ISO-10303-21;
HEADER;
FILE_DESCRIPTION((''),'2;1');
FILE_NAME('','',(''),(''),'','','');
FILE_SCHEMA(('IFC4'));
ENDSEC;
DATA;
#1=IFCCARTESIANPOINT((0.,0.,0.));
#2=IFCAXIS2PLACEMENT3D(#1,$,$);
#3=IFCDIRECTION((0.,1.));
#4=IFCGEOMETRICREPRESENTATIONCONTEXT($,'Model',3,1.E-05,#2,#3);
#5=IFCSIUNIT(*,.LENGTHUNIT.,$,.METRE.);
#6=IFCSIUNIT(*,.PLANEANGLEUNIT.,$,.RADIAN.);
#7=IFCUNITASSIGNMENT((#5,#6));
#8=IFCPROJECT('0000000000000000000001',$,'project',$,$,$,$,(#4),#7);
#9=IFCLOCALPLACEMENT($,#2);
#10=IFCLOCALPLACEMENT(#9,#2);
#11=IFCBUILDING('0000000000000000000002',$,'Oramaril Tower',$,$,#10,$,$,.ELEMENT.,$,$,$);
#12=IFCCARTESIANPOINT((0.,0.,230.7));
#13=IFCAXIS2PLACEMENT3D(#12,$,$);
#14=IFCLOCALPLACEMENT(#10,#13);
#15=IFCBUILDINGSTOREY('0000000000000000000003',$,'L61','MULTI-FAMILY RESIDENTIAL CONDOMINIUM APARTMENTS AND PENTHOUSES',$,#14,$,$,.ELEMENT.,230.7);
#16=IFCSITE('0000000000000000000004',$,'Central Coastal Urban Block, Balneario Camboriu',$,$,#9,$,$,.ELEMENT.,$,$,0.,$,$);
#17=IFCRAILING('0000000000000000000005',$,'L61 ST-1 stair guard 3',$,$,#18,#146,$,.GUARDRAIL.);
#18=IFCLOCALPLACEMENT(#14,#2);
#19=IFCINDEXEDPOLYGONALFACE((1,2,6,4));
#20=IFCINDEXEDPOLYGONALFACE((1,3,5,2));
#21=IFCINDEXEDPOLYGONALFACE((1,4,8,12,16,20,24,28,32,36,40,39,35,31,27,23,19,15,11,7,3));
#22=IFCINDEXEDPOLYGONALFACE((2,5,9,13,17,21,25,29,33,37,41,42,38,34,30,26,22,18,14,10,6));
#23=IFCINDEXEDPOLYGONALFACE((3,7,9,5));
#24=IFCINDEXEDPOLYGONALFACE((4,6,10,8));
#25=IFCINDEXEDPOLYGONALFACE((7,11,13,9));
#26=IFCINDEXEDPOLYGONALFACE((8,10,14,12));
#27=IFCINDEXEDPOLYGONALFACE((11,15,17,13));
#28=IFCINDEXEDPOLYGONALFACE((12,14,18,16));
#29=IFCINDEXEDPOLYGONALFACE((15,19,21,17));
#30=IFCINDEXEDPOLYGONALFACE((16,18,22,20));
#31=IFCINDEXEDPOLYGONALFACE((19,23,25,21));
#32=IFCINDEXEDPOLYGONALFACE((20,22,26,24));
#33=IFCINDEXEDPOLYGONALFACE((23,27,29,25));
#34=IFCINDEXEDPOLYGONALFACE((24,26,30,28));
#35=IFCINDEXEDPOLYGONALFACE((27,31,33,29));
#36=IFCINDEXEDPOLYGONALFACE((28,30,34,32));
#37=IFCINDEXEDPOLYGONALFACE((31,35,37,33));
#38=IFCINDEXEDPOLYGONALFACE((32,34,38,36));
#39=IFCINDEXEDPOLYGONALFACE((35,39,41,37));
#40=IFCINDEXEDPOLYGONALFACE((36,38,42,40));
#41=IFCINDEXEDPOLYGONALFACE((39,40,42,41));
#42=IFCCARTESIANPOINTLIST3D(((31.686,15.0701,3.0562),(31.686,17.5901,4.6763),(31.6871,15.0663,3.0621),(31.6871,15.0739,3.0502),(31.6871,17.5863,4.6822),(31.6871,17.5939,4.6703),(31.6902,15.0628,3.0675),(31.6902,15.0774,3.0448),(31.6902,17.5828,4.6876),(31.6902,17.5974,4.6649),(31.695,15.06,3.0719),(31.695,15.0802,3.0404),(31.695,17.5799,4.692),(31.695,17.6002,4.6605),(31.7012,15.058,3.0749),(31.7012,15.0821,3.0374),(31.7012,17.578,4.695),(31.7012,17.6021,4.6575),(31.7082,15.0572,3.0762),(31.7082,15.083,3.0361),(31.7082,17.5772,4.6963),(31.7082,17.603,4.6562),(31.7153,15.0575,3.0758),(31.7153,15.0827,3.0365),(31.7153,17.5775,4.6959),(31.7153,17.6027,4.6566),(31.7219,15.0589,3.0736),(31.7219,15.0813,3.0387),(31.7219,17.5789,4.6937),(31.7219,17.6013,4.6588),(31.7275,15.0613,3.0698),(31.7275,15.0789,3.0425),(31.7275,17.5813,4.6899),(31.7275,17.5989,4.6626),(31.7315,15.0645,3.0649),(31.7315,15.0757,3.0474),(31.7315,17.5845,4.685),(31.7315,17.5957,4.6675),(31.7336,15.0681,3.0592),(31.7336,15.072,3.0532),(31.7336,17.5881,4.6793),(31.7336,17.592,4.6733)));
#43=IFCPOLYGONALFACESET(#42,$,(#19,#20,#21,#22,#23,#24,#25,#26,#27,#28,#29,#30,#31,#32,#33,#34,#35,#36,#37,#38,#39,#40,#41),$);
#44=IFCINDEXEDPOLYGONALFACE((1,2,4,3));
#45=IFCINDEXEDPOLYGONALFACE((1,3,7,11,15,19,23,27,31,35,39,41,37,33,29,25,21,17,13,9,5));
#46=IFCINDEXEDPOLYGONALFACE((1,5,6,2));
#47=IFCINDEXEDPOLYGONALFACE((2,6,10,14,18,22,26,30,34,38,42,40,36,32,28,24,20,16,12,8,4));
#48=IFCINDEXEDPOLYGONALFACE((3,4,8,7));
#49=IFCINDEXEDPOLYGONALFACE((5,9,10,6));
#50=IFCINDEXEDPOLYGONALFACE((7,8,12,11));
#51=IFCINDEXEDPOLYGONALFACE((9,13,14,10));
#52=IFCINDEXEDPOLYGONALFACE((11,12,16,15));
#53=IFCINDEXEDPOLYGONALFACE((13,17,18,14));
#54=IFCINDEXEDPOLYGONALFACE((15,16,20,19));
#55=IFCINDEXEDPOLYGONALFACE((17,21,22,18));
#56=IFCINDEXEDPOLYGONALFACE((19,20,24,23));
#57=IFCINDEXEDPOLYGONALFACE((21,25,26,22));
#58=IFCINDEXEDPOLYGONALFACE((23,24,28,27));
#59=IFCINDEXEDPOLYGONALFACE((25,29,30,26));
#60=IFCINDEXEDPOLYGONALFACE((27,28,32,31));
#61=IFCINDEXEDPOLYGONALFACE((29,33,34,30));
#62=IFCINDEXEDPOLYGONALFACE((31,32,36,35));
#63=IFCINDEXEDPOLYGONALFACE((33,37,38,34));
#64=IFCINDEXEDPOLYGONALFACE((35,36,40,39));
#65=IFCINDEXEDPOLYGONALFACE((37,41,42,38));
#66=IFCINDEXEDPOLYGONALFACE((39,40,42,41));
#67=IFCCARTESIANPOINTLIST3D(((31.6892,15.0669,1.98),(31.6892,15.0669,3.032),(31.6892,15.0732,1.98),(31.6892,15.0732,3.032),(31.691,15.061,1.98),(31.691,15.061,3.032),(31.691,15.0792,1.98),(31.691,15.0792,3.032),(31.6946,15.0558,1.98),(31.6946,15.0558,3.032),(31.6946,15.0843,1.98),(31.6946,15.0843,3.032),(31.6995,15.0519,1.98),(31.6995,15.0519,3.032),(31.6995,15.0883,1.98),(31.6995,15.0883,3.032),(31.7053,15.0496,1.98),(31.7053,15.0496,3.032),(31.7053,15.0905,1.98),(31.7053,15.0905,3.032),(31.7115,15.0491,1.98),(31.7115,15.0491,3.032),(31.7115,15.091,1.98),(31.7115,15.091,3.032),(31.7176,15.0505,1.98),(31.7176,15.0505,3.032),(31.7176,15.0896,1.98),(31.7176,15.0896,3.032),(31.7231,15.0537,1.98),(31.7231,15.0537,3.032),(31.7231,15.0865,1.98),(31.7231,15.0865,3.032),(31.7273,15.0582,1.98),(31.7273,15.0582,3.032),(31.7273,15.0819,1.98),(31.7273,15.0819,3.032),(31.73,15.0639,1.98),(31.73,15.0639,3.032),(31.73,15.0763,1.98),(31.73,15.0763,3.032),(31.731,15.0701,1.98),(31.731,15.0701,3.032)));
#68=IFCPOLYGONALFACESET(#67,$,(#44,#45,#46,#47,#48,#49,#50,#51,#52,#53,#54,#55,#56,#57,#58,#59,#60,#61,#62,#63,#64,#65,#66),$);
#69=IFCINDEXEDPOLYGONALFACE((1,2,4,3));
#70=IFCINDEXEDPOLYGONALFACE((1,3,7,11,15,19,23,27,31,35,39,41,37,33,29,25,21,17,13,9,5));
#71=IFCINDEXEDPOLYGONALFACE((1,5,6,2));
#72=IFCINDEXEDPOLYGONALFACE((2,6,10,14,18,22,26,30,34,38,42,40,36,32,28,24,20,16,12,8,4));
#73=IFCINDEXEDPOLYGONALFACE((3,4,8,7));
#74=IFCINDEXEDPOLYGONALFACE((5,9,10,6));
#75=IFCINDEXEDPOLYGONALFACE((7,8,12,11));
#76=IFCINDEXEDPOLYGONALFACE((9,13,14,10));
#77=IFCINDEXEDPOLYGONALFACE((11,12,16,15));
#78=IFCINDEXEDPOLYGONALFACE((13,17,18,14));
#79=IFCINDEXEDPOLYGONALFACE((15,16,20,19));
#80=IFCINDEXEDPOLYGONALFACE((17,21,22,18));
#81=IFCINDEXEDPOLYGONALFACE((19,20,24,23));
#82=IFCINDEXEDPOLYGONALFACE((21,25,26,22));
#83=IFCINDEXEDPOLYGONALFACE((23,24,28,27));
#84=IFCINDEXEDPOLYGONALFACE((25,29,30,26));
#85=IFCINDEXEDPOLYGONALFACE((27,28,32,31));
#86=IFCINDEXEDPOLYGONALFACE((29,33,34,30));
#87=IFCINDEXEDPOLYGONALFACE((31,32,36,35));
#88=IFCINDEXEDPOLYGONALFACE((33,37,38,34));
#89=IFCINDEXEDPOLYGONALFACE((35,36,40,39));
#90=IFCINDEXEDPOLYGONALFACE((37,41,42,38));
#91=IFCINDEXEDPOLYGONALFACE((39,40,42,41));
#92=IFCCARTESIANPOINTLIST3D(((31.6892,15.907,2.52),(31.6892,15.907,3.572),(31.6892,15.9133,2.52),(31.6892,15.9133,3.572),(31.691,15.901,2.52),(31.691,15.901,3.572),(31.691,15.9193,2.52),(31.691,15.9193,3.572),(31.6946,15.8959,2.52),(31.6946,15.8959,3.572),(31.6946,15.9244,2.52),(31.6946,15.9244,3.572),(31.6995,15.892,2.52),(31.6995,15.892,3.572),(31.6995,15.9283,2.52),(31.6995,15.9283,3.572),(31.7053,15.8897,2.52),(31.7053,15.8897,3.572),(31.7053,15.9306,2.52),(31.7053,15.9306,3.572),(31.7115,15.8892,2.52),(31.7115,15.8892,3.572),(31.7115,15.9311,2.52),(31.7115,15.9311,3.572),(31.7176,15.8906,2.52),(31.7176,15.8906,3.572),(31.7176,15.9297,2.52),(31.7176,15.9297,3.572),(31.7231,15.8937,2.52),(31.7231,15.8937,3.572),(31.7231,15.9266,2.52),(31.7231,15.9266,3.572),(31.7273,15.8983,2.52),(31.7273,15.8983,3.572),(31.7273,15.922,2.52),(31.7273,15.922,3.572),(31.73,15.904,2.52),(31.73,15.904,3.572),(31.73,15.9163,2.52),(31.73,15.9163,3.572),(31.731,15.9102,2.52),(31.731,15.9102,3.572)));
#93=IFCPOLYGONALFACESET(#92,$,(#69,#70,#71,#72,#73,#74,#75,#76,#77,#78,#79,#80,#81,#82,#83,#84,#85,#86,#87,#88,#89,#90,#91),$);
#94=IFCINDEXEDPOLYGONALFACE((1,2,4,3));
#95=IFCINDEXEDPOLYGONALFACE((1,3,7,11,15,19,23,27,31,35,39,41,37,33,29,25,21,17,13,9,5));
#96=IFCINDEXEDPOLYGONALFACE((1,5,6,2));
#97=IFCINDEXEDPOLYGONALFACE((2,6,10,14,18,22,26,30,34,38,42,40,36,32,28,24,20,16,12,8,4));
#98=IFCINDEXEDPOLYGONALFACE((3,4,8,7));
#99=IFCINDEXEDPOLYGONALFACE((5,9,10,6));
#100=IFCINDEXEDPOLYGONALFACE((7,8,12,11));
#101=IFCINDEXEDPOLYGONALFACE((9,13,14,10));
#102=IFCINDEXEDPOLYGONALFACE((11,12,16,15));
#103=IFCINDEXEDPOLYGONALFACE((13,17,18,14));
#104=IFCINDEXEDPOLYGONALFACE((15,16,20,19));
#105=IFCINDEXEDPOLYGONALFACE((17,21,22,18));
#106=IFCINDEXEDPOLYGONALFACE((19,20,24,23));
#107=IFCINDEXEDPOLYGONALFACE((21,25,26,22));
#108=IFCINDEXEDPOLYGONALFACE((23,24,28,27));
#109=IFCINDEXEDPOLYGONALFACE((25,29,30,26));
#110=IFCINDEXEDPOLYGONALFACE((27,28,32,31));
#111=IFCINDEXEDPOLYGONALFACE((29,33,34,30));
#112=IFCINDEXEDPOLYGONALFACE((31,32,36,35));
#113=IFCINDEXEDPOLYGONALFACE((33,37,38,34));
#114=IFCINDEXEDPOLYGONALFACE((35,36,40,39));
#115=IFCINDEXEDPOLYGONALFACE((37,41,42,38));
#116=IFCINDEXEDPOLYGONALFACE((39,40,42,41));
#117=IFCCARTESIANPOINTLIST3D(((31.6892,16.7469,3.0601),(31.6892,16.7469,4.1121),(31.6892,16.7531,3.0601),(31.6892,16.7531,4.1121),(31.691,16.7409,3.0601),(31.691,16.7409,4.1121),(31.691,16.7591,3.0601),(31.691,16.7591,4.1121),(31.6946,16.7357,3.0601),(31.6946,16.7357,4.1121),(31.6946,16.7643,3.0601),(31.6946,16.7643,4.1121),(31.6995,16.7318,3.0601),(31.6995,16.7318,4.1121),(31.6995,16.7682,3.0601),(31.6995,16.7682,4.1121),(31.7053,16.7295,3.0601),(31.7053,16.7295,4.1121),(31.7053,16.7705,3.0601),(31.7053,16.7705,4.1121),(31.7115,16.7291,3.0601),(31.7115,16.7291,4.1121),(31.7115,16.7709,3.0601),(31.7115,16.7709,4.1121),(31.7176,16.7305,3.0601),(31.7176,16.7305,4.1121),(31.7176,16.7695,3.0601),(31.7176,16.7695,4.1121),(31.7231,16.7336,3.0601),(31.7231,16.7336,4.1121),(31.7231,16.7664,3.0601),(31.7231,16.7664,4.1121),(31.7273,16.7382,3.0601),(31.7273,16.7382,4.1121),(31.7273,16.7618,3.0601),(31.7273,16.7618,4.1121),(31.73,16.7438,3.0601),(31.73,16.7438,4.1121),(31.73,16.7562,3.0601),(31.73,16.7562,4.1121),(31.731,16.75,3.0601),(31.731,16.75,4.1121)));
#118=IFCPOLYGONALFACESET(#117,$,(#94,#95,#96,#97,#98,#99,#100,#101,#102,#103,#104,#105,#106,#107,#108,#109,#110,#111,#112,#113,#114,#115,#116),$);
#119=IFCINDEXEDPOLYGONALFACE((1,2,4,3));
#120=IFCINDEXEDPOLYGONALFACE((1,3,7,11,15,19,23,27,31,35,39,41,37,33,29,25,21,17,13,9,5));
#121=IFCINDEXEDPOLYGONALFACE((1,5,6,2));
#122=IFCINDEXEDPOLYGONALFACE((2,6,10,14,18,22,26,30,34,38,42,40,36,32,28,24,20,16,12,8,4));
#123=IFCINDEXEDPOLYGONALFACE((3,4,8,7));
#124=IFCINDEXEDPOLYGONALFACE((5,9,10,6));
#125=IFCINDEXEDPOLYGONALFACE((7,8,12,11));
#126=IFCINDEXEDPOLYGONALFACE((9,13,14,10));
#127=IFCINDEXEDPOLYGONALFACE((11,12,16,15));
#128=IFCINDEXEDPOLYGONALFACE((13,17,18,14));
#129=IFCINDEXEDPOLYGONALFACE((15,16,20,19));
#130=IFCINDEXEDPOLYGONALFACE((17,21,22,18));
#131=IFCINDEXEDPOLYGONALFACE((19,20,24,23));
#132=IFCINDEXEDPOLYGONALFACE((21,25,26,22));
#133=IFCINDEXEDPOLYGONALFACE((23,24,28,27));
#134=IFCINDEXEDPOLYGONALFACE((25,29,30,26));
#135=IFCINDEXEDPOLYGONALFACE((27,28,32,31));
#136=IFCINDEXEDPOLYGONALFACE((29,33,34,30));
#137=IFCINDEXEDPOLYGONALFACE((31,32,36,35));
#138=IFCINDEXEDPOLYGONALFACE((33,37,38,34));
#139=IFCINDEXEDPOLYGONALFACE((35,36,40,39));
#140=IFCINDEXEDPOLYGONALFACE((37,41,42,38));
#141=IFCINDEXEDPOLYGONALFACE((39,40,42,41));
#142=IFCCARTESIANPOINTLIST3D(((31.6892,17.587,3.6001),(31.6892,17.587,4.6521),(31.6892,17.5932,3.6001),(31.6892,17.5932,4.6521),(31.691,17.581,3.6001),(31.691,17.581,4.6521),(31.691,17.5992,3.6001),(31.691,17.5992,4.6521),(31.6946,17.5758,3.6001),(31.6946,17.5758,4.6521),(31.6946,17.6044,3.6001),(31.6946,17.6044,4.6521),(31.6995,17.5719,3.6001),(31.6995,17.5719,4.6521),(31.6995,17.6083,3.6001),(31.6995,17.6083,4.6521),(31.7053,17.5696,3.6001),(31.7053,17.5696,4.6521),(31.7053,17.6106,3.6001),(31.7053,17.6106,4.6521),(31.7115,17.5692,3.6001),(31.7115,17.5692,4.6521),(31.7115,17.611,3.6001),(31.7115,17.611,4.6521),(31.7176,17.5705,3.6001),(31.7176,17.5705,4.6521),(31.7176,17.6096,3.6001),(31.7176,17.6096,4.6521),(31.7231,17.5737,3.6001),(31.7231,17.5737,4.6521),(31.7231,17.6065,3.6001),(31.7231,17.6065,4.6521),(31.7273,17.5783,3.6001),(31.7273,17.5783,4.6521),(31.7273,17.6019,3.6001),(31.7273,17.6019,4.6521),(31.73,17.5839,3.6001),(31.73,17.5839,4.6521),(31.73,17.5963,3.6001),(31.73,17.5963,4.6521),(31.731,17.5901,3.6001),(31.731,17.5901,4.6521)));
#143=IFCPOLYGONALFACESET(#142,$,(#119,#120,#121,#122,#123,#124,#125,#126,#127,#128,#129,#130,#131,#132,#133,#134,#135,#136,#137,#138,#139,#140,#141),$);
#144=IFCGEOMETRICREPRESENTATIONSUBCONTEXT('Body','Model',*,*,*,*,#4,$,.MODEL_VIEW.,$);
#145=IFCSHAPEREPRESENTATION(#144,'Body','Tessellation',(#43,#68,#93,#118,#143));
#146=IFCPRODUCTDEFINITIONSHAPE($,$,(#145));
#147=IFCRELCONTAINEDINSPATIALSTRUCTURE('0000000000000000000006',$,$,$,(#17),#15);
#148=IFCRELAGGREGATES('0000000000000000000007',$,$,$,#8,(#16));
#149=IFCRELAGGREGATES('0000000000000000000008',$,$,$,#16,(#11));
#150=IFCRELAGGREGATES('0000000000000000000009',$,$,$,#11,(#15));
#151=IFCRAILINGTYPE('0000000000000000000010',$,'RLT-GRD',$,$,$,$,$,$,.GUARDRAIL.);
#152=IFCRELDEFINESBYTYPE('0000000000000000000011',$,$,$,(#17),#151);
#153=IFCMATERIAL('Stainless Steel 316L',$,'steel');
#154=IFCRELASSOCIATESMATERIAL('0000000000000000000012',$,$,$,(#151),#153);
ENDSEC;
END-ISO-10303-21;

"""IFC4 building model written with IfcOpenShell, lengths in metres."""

from ifc_helpers import new_model, si_unit, direction, frame, origin, origin_2d, place, context, subcontext, project, spatial, circle, extrude, material, type_object, element, save


model = new_model("IFC4")

# Units and contexts
model_context = context("Model", 3, precision=1e-05, world=origin(), true_north=direction((0.0, 1.0)))
body_context = subcontext(model_context, "Body", "Model", "MODEL_VIEW")
ifc_project = project(units=[si_unit("LENGTHUNIT", "METRE"), si_unit("PLANEANGLEUNIT", "RADIAN")], contexts=[model_context])

# Site, building, storey
site_placement = place(None, origin())
site = spatial("IfcSite", under=ifc_project, at=site_placement, Name="Central Coastal Urban Block, Balneario Camboriu", CompositionType="ELEMENT", RefElevation=0.0)
building_placement = place(site_placement, origin())
building = spatial("IfcBuilding", under=site, at=building_placement, Name="Oramaril Tower", CompositionType="ELEMENT")
storey_placement = place(building_placement, frame((0.0, 0.0, 230.7)))
storey = spatial("IfcBuildingStorey", under=building, at=storey_placement, Name="L61", Description="MULTI-FAMILY RESIDENTIAL CONDOMINIUM APARTMENTS AND PENTHOUSES", CompositionType="ELEMENT", Elevation=230.7)

# Railing
ifc_material_1 = material(Name="Stainless Steel 316L", Category="steel")
railing_type_1 = type_object("IfcRailingType", Name="RLT-GRD", PredefinedType="GUARDRAIL", material=ifc_material_1)
railing_1_placement = place(storey_placement, frame((31.71, 15.0701, 1.98)))
element("IfcRailing", 1, at=railing_1_placement, inside=storey, type_object=railing_type_1, Name="L61 ST-1 stair guard 3", PredefinedType="GUARDRAIL", context=body_context, shape_type="SweptSolid", body=[
    extrude(circle(Radius=0.0239, at=origin_2d()), frame((0.0, 0.0, 1.0762), z_axis=(0.0, 0.841163, 0.540782), x_axis=(-1.0, 0.0, 0.0)), (0.0, 0.0, 1.0), 2.9958),
    extrude(circle(Radius=0.021, at=origin_2d()), origin(), (0.0, 0.0, 1.0), 1.052),
    extrude(circle(Radius=0.021, at=origin_2d()), frame((0.0, 0.8401, 0.54)), (0.0, 0.0, 1.0), 1.052),
    extrude(circle(Radius=0.021, at=origin_2d()), frame((0.0, 1.6799, 1.0801)), (0.0, 0.0, 1.0), 1.052),
    extrude(circle(Radius=0.021, at=origin_2d()), frame((0.0, 2.52, 1.6201)), (0.0, 0.0, 1.0), 1.052),
])

save(model, "model.ifc")
